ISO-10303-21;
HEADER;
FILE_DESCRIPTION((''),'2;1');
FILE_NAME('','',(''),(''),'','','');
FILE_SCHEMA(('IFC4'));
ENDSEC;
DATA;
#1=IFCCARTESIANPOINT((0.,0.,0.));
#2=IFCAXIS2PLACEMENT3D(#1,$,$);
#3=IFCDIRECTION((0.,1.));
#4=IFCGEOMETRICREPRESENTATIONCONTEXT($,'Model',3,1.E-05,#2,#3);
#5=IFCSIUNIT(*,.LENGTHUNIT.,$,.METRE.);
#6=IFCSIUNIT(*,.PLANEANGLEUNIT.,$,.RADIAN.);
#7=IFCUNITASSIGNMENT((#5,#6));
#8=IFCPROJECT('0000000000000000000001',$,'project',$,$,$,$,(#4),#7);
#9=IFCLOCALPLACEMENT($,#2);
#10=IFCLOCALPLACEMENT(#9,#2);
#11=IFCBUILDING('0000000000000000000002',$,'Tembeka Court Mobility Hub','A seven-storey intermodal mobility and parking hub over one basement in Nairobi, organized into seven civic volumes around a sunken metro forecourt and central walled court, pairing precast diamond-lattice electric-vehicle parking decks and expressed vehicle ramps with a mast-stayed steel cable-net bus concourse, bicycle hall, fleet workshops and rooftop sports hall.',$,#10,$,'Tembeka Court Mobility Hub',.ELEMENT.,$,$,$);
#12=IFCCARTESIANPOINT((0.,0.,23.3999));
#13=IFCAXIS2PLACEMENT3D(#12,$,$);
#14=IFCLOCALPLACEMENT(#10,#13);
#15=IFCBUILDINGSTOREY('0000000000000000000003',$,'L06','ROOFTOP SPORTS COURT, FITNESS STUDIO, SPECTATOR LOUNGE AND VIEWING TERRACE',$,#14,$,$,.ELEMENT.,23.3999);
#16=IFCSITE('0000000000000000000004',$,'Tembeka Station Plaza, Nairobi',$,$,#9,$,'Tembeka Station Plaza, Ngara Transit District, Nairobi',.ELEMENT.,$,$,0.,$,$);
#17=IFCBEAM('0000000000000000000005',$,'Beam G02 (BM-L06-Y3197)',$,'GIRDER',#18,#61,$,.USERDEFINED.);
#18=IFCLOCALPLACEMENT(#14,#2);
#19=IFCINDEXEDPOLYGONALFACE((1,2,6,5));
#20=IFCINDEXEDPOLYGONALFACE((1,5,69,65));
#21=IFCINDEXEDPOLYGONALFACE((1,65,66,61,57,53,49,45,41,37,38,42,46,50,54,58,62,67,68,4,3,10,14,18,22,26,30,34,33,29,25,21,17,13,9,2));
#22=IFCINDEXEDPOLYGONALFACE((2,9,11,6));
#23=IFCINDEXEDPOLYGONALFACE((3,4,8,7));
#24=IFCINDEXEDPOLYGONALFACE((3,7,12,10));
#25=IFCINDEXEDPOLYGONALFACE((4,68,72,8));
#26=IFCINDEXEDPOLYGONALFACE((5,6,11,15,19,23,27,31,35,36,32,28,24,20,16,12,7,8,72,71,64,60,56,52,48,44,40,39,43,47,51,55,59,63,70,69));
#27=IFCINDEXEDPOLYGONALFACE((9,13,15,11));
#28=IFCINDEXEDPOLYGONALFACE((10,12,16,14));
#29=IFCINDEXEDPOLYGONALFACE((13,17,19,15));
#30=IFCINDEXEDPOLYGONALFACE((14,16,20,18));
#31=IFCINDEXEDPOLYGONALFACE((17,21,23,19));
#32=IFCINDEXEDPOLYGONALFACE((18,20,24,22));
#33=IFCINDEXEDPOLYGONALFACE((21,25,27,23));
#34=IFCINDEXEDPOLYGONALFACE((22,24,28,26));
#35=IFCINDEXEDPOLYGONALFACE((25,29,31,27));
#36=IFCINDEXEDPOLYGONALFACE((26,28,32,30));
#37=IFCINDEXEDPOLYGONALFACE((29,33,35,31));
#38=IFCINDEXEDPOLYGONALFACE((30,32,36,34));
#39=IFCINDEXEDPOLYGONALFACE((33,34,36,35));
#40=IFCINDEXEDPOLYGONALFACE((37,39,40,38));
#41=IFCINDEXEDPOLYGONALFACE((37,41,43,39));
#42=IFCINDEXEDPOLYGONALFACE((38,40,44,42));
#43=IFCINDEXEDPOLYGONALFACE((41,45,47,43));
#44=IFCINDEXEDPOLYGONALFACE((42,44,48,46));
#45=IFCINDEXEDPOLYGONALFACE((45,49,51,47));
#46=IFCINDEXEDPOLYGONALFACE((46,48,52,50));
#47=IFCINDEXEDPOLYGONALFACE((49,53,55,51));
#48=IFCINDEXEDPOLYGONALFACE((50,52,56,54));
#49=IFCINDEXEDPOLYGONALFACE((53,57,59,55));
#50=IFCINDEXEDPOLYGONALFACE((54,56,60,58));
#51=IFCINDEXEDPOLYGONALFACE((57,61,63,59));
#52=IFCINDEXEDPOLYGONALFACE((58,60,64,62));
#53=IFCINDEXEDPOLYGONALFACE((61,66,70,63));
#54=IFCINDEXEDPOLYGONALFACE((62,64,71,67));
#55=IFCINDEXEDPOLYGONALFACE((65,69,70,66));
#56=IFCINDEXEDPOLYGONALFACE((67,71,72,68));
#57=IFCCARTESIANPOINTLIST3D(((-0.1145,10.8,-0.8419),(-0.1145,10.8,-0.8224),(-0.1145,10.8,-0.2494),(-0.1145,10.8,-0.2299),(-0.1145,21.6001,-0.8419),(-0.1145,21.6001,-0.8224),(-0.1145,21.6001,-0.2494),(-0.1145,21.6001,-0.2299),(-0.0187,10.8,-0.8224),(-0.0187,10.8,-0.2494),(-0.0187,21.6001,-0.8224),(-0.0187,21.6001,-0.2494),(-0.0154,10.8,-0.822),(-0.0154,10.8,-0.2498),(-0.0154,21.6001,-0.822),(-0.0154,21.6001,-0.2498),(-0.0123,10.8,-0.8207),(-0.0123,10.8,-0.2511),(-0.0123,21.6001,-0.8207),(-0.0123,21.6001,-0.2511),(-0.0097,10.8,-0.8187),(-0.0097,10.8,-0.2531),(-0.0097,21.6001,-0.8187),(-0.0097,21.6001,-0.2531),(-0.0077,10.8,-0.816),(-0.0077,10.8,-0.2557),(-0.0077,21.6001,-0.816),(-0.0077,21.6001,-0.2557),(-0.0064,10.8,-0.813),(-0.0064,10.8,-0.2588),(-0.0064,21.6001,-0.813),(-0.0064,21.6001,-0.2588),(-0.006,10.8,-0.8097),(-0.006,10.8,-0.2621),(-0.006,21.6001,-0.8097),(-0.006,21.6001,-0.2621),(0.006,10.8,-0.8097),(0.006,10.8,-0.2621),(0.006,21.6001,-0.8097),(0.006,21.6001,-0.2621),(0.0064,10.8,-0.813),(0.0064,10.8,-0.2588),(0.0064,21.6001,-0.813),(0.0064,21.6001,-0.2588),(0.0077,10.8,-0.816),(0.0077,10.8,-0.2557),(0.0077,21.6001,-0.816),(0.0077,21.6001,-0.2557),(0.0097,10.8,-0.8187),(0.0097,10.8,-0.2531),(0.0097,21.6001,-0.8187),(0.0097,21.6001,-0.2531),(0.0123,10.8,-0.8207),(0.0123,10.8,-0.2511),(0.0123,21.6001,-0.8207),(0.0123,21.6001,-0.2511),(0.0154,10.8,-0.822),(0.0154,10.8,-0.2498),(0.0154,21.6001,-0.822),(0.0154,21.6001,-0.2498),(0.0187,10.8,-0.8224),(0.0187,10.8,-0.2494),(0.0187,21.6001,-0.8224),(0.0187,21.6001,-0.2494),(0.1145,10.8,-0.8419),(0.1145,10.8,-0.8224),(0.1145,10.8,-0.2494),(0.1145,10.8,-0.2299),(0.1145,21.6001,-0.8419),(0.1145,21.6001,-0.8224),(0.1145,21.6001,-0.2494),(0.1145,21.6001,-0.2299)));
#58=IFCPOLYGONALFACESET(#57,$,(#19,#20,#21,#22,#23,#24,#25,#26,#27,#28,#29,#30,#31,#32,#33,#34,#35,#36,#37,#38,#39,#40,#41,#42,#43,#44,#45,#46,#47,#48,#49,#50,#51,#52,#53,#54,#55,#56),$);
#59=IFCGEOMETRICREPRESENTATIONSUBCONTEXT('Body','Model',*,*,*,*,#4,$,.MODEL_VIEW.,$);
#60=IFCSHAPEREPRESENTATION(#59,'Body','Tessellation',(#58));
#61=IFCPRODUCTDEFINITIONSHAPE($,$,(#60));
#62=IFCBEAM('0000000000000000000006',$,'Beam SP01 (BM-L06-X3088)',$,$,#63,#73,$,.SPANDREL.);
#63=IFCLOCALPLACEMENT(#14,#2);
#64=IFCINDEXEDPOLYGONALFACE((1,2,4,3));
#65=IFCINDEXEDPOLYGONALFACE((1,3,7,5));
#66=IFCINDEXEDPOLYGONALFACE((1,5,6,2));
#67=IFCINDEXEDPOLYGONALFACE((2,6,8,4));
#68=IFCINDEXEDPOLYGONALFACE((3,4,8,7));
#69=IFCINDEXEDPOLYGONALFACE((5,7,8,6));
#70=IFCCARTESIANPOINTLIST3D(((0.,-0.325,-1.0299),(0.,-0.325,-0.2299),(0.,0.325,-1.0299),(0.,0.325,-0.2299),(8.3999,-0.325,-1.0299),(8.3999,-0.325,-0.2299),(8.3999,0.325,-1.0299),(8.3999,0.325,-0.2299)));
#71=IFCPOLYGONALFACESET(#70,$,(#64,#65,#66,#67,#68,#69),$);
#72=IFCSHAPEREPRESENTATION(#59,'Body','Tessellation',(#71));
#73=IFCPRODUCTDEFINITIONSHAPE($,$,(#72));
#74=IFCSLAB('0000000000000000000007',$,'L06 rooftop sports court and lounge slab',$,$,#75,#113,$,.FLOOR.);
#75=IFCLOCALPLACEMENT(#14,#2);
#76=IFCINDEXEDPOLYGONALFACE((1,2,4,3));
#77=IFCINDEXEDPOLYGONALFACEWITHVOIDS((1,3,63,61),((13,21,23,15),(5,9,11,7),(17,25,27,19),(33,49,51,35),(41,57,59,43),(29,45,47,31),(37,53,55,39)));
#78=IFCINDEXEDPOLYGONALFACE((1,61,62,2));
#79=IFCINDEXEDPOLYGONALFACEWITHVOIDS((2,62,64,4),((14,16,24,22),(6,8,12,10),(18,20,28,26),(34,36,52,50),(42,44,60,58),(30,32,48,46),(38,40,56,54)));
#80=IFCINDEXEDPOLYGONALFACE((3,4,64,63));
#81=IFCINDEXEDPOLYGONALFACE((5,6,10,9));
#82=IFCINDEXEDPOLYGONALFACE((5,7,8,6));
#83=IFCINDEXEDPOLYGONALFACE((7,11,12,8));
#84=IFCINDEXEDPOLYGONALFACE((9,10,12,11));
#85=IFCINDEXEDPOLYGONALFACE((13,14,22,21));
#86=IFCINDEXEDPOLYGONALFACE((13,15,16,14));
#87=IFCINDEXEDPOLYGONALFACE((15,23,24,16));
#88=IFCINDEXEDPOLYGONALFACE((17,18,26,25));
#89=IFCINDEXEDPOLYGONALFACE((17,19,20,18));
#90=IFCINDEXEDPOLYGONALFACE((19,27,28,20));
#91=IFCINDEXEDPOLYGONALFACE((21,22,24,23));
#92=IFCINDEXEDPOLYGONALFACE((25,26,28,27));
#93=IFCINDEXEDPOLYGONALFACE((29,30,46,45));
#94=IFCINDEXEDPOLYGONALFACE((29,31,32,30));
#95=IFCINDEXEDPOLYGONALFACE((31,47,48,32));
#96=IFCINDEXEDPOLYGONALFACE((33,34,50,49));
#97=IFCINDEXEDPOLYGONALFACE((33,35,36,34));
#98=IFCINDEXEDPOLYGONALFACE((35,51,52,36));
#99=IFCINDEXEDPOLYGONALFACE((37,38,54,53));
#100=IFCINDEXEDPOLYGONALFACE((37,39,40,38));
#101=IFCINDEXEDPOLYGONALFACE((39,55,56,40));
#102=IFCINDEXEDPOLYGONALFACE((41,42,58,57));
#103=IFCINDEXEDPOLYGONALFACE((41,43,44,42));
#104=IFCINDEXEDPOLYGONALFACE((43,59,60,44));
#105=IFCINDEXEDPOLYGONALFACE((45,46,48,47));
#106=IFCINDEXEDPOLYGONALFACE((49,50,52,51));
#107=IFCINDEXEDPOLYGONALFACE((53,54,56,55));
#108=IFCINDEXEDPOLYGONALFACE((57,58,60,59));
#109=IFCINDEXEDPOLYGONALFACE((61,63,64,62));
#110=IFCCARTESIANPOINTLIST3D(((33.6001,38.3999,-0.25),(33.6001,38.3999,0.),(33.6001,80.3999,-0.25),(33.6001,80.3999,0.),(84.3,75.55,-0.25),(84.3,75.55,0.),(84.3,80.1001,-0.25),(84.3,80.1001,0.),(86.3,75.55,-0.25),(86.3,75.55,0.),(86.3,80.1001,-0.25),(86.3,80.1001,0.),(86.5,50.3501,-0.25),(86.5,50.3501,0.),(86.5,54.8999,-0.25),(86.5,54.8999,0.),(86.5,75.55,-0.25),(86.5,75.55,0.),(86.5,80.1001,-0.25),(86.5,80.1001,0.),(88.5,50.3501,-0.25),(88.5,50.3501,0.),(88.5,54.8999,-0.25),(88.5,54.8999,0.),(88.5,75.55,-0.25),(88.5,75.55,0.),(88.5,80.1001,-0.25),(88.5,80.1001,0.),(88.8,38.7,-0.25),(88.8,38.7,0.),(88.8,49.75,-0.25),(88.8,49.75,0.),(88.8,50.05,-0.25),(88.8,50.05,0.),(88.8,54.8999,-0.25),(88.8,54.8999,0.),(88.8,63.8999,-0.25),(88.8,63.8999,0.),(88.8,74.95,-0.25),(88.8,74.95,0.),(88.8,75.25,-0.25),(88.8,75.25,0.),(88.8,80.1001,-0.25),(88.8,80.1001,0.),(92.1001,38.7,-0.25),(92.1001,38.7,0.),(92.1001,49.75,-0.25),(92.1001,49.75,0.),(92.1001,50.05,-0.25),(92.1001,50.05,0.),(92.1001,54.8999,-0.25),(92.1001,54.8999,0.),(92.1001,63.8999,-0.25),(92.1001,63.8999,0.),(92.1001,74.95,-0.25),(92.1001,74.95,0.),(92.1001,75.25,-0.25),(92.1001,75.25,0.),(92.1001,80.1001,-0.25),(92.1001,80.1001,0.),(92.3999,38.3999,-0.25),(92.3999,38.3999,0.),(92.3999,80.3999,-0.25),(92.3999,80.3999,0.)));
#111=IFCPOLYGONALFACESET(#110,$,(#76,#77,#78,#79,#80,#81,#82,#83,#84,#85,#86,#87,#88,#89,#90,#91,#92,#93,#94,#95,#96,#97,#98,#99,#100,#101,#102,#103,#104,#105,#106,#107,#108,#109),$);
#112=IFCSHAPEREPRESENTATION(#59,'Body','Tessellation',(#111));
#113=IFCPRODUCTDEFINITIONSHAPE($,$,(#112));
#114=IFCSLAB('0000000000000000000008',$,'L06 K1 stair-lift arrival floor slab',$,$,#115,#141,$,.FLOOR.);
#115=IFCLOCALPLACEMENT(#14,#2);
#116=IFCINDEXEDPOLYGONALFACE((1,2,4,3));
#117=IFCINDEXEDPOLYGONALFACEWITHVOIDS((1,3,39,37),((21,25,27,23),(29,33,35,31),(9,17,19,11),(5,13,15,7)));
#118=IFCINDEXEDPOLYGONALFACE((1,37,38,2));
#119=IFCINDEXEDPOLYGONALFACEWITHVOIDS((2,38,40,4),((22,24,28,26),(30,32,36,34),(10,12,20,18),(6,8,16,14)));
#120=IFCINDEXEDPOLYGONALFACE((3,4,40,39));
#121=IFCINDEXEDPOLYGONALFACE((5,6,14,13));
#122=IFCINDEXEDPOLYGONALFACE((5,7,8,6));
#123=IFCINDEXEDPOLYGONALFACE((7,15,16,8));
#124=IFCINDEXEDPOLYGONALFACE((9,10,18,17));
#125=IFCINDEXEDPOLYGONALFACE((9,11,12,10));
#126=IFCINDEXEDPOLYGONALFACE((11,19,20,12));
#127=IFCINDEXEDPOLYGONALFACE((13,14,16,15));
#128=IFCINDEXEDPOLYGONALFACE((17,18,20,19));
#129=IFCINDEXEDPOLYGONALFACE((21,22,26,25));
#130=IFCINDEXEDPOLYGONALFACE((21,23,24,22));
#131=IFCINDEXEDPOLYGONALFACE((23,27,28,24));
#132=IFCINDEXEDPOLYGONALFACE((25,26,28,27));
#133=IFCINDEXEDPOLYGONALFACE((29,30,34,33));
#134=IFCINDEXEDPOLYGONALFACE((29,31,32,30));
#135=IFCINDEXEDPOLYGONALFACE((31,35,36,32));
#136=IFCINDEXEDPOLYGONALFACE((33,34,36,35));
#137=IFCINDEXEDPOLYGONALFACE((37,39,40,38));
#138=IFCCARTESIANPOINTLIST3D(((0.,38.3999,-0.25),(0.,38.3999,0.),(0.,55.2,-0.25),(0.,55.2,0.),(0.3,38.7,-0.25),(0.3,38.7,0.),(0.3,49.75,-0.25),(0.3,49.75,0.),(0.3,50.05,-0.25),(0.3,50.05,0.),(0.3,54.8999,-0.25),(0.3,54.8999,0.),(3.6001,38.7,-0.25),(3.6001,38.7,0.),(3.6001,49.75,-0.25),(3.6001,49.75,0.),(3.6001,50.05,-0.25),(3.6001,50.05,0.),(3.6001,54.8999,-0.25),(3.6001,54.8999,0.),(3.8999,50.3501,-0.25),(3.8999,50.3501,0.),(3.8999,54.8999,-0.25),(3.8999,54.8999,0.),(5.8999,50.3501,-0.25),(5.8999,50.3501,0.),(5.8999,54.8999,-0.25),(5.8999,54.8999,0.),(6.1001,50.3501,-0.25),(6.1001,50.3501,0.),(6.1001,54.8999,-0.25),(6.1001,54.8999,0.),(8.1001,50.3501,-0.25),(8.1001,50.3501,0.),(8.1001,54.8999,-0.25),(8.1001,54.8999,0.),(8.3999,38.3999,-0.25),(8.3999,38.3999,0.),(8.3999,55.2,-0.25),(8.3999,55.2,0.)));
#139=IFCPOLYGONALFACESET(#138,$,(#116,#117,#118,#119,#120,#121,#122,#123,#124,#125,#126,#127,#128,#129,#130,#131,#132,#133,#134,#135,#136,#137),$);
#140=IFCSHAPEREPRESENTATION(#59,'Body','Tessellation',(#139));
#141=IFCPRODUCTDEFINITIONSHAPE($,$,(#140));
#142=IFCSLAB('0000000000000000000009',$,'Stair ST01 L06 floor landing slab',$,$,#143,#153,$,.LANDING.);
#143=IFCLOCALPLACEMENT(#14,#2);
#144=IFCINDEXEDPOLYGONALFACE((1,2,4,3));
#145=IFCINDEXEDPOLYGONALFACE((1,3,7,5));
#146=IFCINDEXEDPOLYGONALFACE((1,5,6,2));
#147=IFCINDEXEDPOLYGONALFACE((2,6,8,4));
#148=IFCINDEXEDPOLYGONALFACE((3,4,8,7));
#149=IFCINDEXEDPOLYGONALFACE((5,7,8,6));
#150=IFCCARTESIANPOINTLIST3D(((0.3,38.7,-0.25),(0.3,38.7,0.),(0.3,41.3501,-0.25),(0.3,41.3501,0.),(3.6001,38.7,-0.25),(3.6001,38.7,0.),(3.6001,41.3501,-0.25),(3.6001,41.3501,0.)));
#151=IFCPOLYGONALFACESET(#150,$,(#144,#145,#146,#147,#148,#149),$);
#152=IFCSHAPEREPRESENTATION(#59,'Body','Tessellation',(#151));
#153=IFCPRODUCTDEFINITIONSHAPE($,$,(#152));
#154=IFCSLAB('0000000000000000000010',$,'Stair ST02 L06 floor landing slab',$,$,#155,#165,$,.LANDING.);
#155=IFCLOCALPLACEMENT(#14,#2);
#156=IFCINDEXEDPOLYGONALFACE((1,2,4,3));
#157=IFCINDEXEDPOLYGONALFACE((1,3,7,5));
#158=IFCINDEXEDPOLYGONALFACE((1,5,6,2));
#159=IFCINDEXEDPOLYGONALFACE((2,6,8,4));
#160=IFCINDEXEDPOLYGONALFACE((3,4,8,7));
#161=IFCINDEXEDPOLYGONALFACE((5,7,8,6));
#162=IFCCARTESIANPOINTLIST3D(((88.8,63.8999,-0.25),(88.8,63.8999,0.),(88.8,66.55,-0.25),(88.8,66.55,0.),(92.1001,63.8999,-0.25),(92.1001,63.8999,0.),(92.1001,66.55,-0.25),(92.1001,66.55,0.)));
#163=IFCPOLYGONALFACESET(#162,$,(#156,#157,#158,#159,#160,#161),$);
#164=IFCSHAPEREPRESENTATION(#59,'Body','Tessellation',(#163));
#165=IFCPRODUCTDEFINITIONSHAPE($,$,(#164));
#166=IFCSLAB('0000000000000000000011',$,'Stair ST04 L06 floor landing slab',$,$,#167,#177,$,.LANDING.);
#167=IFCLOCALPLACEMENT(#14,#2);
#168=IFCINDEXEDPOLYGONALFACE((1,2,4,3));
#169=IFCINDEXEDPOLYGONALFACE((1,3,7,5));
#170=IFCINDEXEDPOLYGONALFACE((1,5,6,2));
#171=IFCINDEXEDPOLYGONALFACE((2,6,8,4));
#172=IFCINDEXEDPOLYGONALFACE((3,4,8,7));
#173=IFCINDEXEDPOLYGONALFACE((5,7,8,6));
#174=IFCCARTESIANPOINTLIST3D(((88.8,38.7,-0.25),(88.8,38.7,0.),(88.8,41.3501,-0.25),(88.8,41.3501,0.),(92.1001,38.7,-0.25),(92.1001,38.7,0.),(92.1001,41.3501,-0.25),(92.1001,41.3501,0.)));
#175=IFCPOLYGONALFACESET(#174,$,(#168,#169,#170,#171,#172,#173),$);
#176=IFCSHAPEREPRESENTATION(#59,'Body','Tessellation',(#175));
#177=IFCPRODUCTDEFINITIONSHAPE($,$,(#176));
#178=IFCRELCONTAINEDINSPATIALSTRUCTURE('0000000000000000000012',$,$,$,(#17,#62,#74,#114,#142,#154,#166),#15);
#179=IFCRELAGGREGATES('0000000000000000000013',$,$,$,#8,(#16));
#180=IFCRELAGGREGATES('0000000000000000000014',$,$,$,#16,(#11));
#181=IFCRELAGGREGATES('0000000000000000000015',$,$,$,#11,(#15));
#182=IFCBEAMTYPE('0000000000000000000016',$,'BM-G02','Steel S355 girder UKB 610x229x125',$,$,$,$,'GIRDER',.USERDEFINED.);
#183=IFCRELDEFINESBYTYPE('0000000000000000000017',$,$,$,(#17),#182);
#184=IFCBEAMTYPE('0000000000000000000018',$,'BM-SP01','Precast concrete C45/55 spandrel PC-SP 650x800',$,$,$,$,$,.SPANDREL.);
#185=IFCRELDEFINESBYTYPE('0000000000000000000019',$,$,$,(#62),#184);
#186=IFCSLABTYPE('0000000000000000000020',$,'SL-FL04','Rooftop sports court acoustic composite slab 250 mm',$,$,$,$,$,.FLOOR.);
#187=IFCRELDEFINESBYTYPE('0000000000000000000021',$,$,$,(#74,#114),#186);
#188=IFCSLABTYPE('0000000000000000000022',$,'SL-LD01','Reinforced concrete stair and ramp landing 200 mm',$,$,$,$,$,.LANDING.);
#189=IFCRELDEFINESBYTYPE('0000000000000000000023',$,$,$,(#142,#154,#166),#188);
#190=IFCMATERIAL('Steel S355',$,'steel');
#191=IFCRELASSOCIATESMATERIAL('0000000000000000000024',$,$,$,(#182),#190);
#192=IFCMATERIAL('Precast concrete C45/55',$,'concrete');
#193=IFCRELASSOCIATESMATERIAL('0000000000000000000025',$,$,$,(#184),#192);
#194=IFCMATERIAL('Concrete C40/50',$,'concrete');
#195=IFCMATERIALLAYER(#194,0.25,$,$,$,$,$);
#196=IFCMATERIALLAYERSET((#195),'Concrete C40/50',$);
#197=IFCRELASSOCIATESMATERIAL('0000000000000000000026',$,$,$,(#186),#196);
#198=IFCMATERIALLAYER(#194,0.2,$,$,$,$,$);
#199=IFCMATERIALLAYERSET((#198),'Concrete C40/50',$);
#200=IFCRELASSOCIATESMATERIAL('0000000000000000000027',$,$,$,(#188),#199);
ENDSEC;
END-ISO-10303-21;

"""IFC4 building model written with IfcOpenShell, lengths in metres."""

from ifc_helpers import new_model, si_unit, direction, frame, origin, origin_2d, place, context, subcontext, project, spatial, polyline, rectangle, i_section, outline, extrude, material, layer, layer_set, material_profile, profile_set, type_object, element, save


model = new_model("IFC4")

# Units and contexts
model_context = context("Model", 3, precision=1e-05, world=origin(), true_north=direction((0.0, 1.0)))
body_context = subcontext(model_context, "Body", "Model", "MODEL_VIEW")
ifc_project = project(units=[si_unit("LENGTHUNIT", "METRE"), si_unit("PLANEANGLEUNIT", "RADIAN")], contexts=[model_context])

# Site, building, storey
site_placement = place(None, origin())
site = spatial("IfcSite", under=ifc_project, at=site_placement, Name="Tembeka Station Plaza, Nairobi", LongName="Tembeka Station Plaza, Ngara Transit District, Nairobi", CompositionType="ELEMENT", RefElevation=0.0)
building_placement = place(site_placement, origin())
building = spatial("IfcBuilding", under=site, at=building_placement, Name="Tembeka Court Mobility Hub", Description="A seven-storey intermodal mobility and parking hub over one basement in Nairobi, organized into seven civic volumes around a sunken metro forecourt and central walled court, pairing precast diamond-lattice electric-vehicle parking decks and expressed vehicle ramps with a mast-stayed steel cable-net bus concourse, bicycle hall, fleet workshops and rooftop sports hall.", LongName="Tembeka Court Mobility Hub", CompositionType="ELEMENT")
storey_placement = place(building_placement, frame((0.0, 0.0, 23.3999)))
storey = spatial("IfcBuildingStorey", under=building, at=storey_placement, Name="L06", Description="ROOFTOP SPORTS COURT, FITNESS STUDIO, SPECTATOR LOUNGE AND VIEWING TERRACE", CompositionType="ELEMENT", Elevation=23.3999)

# Beams
ifc_material_1 = material(Name="Steel S355", Category="steel")
ifc_material_profile_1 = material_profile(ifc_material_1, i_section(OverallWidth=0.229, OverallDepth=0.6121, WebThickness=0.012, FlangeThickness=0.0195, FilletRadius=0.0127, at=origin_2d()), Name="UKB 610x229x125")
ifc_profile_set_1 = profile_set([ifc_material_profile_1], Name="Steel S355")
beam_type_1 = type_object("IfcBeamType", Name="BM-G02", Description="Steel S355 girder UKB 610x229x125", ElementType="GIRDER", PredefinedType="USERDEFINED", material=ifc_profile_set_1)
for number, where, z_axis, x_axis, name in (
    (1, (0.0, 10.8, -0.5359), (0.0, 1.0, 0.0), (-1.0, 0.0, 0.0), "Beam G02 (BM-L06-Y3197)"),
):
    element("IfcBeam", number, at=place(storey_placement, frame(where, z_axis=z_axis, x_axis=x_axis)), inside=storey, type_object=beam_type_1, Name=name, ObjectType="GIRDER", PredefinedType="USERDEFINED", context=body_context, shape_type="SweptSolid", body=[
        extrude(i_section(OverallWidth=0.229, OverallDepth=0.6121, WebThickness=0.012, FlangeThickness=0.0195, FilletRadius=0.0127, at=origin_2d()), origin(), (0.0, 0.0, 1.0), 10.8),
    ])
ifc_material_2 = material(Name="Precast concrete C45/55", Category="concrete")
ifc_material_profile_2 = material_profile(ifc_material_2, rectangle(XDim=0.6499, YDim=0.8, at=origin_2d()), Name="PC-SP 650x800")
ifc_profile_set_2 = profile_set([ifc_material_profile_2], Name="Precast concrete C45/55")
beam_type_2 = type_object("IfcBeamType", Name="BM-SP01", Description="Precast concrete C45/55 spandrel PC-SP 650x800", PredefinedType="SPANDREL", material=ifc_profile_set_2)
beam_1_placement = place(storey_placement, frame((0.0, 0.0, -0.6299), z_axis=(1.0, 0.0, 0.0), x_axis=(0.0, 1.0, 0.0)))
element("IfcBeam", 2, at=beam_1_placement, inside=storey, type_object=beam_type_2, Name="Beam SP01 (BM-L06-X3088)", PredefinedType="SPANDREL", context=body_context, shape_type="SweptSolid", body=[
    extrude(rectangle(XDim=0.6499, YDim=0.8, at=origin_2d()), origin(), (0.0, 0.0, 1.0), 8.3999),
])

# Slabs
ifc_material_3 = material(Name="Concrete C40/50", Category="concrete")
ifc_layer_1 = layer(ifc_material_3, 0.25)
ifc_layer_set_1 = layer_set([ifc_layer_1], Name="Concrete C40/50")
slab_type_1 = type_object("IfcSlabType", Name="SL-FL04", Description="Rooftop sports court acoustic composite slab 250 mm", PredefinedType="FLOOR", material=ifc_layer_set_1)
slab_1_placement = place(storey_placement, frame((0.0, 0.0, -0.25)))
element("IfcSlab", 3, at=slab_1_placement, inside=storey, type_object=slab_type_1, Name="L06 rooftop sports court and lounge slab", PredefinedType="FLOOR", context=body_context, shape_type="SweptSolid", body=[
    extrude(outline(polyline([(33.6001, 38.3999), (92.3999, 38.3999), (92.3999, 80.3999), (33.6001, 80.3999), (33.6001, 38.3999)]), holes=[polyline([(88.8, 74.95), (92.1001, 74.95), (92.1001, 63.8999), (88.8, 63.8999), (88.8, 74.95)]), polyline([(84.3, 80.1001), (86.3, 80.1001), (86.3, 75.55), (84.3, 75.55), (84.3, 80.1001)]), polyline([(86.5, 80.1001), (88.5, 80.1001), (88.5, 75.55), (86.5, 75.55), (86.5, 80.1001)]), polyline([(88.8, 80.1001), (92.1001, 80.1001), (92.1001, 75.25), (88.8, 75.25), (88.8, 80.1001)]), polyline([(88.8, 49.75), (92.1001, 49.75), (92.1001, 38.7), (88.8, 38.7), (88.8, 49.75)]), polyline([(86.5, 54.8999), (88.5, 54.8999), (88.5, 50.3501), (86.5, 50.3501), (86.5, 54.8999)]), polyline([(88.8, 54.8999), (92.1001, 54.8999), (92.1001, 50.05), (88.8, 50.05), (88.8, 54.8999)])]), origin(), (0.0, 0.0, 1.0), 0.25),
])
slab_2_placement = place(storey_placement, frame((0.0, 0.0, -0.25)))
element("IfcSlab", 4, at=slab_2_placement, inside=storey, type_object=slab_type_1, Name="L06 K1 stair-lift arrival floor slab", PredefinedType="FLOOR", context=body_context, shape_type="SweptSolid", body=[
    extrude(outline(polyline([(0.0, 38.3999), (8.3999, 38.3999), (8.3999, 55.2), (0.0, 55.2), (0.0, 38.3999)]), holes=[polyline([(0.3, 49.75), (3.6001, 49.75), (3.6001, 38.7), (0.3, 38.7), (0.3, 49.75)]), polyline([(3.8999, 54.8999), (5.8999, 54.8999), (5.8999, 50.3501), (3.8999, 50.3501), (3.8999, 54.8999)]), polyline([(6.1001, 54.8999), (8.1001, 54.8999), (8.1001, 50.3501), (6.1001, 50.3501), (6.1001, 54.8999)]), polyline([(0.3, 54.8999), (3.6001, 54.8999), (3.6001, 50.05), (0.3, 50.05), (0.3, 54.8999)])]), origin(), (0.0, 0.0, 1.0), 0.25),
])
ifc_layer_2 = layer(ifc_material_3, 0.2)
ifc_layer_set_2 = layer_set([ifc_layer_2], Name="Concrete C40/50")
slab_type_2 = type_object("IfcSlabType", Name="SL-LD01", Description="Reinforced concrete stair and ramp landing 200 mm", PredefinedType="LANDING", material=ifc_layer_set_2)
slab_3_placement = place(storey_placement, frame((0.0, 0.0, -0.25)))
element("IfcSlab", 5, at=slab_3_placement, inside=storey, type_object=slab_type_2, Name="Stair ST01 L06 floor landing slab", PredefinedType="LANDING", context=body_context, shape_type="SweptSolid", body=[
    extrude(outline(polyline([(0.3, 38.7), (3.6001, 38.7), (3.6001, 41.3501), (0.3, 41.3501), (0.3, 38.7)])), origin(), (0.0, 0.0, 1.0), 0.25),
])
slab_4_placement = place(storey_placement, frame((0.0, 0.0, -0.25)))
element("IfcSlab", 6, at=slab_4_placement, inside=storey, type_object=slab_type_2, Name="Stair ST02 L06 floor landing slab", PredefinedType="LANDING", context=body_context, shape_type="SweptSolid", body=[
    extrude(outline(polyline([(88.8, 63.8999), (92.1001, 63.8999), (92.1001, 66.55), (88.8, 66.55), (88.8, 63.8999)])), origin(), (0.0, 0.0, 1.0), 0.25),
])
slab_5_placement = place(storey_placement, frame((0.0, 0.0, -0.25)))
element("IfcSlab", 7, at=slab_5_placement, inside=storey, type_object=slab_type_2, Name="Stair ST04 L06 floor landing slab", PredefinedType="LANDING", context=body_context, shape_type="SweptSolid", body=[
    extrude(outline(polyline([(88.8, 38.7), (92.1001, 38.7), (92.1001, 41.3501), (88.8, 41.3501), (88.8, 38.7)])), origin(), (0.0, 0.0, 1.0), 0.25),
])

save(model, "model.ifc")
